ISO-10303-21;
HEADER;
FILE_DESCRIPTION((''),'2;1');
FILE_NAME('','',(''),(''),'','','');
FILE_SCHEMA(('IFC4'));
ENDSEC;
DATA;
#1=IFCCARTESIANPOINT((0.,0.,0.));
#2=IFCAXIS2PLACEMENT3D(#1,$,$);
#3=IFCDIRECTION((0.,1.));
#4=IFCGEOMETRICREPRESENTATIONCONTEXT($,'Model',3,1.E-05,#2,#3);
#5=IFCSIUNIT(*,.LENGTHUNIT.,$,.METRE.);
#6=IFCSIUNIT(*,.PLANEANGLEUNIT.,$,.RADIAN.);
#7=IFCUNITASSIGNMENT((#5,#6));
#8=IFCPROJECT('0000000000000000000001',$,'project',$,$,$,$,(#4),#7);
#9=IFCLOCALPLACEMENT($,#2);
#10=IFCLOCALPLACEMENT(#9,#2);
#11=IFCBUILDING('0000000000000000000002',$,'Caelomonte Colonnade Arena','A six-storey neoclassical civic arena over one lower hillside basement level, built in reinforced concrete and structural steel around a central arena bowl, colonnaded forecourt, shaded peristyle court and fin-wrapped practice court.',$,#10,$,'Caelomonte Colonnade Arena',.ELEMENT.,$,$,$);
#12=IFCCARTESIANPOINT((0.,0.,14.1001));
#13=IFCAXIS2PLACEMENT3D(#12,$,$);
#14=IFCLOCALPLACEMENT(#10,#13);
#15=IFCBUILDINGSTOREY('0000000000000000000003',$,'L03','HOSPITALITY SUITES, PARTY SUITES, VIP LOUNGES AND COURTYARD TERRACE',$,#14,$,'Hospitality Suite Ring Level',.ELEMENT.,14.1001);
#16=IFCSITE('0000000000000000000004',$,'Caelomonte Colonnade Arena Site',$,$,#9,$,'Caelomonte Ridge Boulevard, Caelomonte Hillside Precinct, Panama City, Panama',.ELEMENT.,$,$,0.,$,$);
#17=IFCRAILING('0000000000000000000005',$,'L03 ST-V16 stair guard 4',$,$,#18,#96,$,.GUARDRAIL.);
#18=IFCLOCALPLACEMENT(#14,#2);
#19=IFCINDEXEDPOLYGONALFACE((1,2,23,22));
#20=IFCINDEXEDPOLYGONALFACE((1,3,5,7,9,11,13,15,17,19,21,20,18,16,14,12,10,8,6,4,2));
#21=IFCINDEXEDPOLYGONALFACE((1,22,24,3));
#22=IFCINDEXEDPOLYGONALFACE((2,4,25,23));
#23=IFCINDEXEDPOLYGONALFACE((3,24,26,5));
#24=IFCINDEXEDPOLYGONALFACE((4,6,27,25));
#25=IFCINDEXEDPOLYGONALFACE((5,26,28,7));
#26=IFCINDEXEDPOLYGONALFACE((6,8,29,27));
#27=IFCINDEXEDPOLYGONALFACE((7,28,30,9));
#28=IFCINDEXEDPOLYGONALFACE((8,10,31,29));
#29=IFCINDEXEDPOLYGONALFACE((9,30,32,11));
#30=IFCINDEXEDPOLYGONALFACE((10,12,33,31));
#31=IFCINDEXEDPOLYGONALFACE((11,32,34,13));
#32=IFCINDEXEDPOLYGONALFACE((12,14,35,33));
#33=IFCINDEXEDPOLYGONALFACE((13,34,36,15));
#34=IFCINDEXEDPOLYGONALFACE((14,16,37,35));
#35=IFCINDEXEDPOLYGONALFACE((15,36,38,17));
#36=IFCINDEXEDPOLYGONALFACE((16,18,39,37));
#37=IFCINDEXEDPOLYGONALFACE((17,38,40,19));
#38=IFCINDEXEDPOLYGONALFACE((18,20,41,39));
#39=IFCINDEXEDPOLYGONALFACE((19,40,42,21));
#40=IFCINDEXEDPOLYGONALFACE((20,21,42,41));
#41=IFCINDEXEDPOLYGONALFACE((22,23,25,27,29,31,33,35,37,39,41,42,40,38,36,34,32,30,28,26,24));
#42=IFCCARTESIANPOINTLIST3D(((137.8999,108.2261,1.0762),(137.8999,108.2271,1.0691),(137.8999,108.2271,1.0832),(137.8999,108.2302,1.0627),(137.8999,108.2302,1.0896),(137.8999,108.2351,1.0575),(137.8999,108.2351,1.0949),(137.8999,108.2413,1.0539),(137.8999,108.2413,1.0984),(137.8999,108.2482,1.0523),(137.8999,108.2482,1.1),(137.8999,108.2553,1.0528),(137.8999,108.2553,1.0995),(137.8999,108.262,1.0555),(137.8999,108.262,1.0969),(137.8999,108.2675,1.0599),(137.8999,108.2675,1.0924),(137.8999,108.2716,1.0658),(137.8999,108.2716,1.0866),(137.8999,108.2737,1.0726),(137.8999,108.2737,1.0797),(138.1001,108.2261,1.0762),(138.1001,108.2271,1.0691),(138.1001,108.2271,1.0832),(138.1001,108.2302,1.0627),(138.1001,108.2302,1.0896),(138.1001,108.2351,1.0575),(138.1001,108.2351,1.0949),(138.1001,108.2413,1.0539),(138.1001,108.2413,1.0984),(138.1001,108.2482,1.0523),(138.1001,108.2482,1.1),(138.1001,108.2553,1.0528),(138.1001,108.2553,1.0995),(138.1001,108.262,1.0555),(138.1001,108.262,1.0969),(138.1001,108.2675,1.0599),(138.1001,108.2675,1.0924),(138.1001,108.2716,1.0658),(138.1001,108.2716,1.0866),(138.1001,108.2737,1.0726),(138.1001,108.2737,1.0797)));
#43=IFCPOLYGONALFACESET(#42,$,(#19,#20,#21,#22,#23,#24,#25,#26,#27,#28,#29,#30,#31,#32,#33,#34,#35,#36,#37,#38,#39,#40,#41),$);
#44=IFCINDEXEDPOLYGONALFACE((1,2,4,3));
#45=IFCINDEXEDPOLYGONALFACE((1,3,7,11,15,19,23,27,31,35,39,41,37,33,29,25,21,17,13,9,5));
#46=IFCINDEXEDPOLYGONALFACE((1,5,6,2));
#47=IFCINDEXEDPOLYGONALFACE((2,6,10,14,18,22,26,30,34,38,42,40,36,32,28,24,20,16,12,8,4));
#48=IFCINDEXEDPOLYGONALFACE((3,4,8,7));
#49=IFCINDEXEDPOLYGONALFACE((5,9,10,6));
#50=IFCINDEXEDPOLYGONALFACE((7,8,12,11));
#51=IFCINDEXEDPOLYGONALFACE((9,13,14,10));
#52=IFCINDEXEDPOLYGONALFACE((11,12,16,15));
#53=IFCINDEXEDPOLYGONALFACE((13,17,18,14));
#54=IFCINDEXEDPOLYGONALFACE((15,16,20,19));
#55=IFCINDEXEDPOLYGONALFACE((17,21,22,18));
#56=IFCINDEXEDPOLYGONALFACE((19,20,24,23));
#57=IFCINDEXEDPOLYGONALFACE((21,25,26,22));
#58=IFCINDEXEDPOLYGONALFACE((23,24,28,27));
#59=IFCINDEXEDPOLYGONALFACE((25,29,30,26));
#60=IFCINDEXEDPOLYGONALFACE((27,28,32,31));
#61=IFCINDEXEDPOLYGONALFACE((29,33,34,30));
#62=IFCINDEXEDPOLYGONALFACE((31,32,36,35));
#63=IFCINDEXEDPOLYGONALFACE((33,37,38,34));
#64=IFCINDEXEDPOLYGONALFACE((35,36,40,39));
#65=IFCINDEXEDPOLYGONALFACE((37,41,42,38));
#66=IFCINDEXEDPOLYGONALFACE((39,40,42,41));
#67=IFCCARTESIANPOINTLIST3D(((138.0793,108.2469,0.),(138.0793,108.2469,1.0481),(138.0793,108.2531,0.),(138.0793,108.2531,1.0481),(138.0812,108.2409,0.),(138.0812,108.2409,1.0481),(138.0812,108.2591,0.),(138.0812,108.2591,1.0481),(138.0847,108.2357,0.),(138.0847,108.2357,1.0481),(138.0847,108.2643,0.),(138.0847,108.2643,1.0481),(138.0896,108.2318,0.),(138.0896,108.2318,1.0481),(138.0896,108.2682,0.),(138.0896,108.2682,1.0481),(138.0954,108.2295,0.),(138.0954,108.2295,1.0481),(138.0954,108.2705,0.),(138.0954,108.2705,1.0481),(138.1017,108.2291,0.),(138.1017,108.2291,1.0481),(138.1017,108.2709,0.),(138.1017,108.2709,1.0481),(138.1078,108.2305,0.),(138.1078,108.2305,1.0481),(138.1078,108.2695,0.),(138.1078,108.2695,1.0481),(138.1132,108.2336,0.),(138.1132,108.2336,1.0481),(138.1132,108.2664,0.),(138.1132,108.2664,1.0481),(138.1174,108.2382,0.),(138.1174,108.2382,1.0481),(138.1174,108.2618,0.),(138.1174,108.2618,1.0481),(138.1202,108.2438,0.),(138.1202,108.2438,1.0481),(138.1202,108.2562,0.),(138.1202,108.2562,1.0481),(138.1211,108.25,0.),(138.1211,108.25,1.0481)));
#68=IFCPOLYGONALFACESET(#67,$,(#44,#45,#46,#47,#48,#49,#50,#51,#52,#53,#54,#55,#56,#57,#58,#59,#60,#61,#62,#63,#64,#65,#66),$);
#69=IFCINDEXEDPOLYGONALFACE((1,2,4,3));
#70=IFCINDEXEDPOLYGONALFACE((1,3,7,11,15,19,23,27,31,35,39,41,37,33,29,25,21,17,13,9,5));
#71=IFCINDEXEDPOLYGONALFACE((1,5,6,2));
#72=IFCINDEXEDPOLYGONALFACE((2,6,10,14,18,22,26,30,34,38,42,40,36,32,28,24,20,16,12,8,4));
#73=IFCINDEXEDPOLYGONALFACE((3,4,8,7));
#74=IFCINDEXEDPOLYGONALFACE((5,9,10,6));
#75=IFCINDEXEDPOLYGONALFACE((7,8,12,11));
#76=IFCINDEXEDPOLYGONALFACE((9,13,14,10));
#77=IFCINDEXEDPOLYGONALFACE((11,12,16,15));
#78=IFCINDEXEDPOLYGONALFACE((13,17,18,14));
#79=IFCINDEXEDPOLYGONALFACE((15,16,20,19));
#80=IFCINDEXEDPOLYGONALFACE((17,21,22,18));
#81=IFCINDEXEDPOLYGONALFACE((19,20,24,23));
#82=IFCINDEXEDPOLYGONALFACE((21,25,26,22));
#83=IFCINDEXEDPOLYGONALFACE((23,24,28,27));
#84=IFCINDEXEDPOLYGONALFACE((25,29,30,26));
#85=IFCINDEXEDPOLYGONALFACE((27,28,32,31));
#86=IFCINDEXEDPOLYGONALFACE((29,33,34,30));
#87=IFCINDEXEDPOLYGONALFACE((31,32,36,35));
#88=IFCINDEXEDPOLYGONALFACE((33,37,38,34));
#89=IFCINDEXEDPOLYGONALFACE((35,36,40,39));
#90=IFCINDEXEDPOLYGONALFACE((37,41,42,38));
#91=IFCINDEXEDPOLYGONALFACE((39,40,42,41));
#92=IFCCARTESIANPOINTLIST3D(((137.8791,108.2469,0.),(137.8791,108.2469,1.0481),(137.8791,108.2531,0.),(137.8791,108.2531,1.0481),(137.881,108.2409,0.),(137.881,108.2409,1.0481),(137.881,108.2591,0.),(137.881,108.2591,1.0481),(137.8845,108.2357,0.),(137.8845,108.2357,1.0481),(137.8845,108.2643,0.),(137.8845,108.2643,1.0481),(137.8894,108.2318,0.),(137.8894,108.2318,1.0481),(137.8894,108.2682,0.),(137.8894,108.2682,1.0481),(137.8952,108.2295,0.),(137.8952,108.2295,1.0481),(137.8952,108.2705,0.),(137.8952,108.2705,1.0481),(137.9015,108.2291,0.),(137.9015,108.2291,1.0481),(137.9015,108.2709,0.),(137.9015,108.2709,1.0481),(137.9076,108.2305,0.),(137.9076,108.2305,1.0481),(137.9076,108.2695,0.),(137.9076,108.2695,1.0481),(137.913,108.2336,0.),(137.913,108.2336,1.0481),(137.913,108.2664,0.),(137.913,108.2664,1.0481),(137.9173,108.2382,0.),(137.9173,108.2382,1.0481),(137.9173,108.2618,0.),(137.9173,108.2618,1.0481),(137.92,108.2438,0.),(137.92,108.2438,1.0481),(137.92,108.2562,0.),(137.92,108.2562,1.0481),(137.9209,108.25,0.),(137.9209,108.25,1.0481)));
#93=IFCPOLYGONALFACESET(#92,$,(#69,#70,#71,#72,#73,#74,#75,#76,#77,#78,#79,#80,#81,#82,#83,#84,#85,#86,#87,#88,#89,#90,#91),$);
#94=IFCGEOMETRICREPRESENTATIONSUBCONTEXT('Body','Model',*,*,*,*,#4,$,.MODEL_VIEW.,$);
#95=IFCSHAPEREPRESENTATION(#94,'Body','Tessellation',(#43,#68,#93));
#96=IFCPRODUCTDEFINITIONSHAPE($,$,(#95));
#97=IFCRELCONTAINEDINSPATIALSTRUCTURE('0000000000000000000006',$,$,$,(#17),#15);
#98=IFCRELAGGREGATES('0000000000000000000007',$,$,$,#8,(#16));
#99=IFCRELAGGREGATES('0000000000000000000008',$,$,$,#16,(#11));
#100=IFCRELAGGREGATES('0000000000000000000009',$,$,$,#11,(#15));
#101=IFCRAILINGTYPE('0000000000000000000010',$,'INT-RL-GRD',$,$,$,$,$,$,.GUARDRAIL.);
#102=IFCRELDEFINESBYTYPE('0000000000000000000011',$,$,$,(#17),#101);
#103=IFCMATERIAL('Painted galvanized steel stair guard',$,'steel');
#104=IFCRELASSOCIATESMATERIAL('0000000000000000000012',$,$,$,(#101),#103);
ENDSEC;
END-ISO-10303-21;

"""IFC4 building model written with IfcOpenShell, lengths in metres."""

from ifc_helpers import new_model, si_unit, direction, frame, origin, origin_2d, place, context, subcontext, project, spatial, circle, extrude, material, type_object, element, save


model = new_model("IFC4")

# Units and contexts
model_context = context("Model", 3, precision=1e-05, world=origin(), true_north=direction((0.0, 1.0)))
body_context = subcontext(model_context, "Body", "Model", "MODEL_VIEW")
ifc_project = project(units=[si_unit("LENGTHUNIT", "METRE"), si_unit("PLANEANGLEUNIT", "RADIAN")], contexts=[model_context])

# Site, building, storey
site_placement = place(None, origin())
site = spatial("IfcSite", under=ifc_project, at=site_placement, Name="Caelomonte Colonnade Arena Site", LongName="Caelomonte Ridge Boulevard, Caelomonte Hillside Precinct, Panama City, Panama", CompositionType="ELEMENT", RefElevation=0.0)
building_placement = place(site_placement, origin())
building = spatial("IfcBuilding", under=site, at=building_placement, Name="Caelomonte Colonnade Arena", Description="A six-storey neoclassical civic arena over one lower hillside basement level, built in reinforced concrete and structural steel around a central arena bowl, colonnaded forecourt, shaded peristyle court and fin-wrapped practice court.", LongName="Caelomonte Colonnade Arena", CompositionType="ELEMENT")
storey_placement = place(building_placement, frame((0.0, 0.0, 14.1001)))
storey = spatial("IfcBuildingStorey", under=building, at=storey_placement, Name="L03", Description="HOSPITALITY SUITES, PARTY SUITES, VIP LOUNGES AND COURTYARD TERRACE", LongName="Hospitality Suite Ring Level", CompositionType="ELEMENT", Elevation=14.1001)

# Railing
ifc_material_1 = material(Name="Painted galvanized steel stair guard", Category="steel")
railing_type_1 = type_object("IfcRailingType", Name="INT-RL-GRD", PredefinedType="GUARDRAIL", material=ifc_material_1)
railing_1_placement = place(storey_placement, frame((138.1001, 108.25, 0.0)))
element("IfcRailing", 1, at=railing_1_placement, inside=storey, type_object=railing_type_1, Name="L03 ST-V16 stair guard 4", PredefinedType="GUARDRAIL", context=body_context, shape_type="SweptSolid", body=[
    extrude(circle(Radius=0.0239, at=origin_2d()), frame((0.0, 0.0, 1.0762), z_axis=(-1.0, 0.0, 0.0), x_axis=(0.0, -1.0, 0.0)), (0.0, 0.0, 1.0), 0.2002),
    extrude(circle(Radius=0.021, at=origin_2d()), origin(), (0.0, 0.0, 1.0), 1.0481),
    extrude(circle(Radius=0.021, at=origin_2d()), frame((-0.2002, 0.0, 0.0)), (0.0, 0.0, 1.0), 1.0481),
])

save(model, "model.ifc")
